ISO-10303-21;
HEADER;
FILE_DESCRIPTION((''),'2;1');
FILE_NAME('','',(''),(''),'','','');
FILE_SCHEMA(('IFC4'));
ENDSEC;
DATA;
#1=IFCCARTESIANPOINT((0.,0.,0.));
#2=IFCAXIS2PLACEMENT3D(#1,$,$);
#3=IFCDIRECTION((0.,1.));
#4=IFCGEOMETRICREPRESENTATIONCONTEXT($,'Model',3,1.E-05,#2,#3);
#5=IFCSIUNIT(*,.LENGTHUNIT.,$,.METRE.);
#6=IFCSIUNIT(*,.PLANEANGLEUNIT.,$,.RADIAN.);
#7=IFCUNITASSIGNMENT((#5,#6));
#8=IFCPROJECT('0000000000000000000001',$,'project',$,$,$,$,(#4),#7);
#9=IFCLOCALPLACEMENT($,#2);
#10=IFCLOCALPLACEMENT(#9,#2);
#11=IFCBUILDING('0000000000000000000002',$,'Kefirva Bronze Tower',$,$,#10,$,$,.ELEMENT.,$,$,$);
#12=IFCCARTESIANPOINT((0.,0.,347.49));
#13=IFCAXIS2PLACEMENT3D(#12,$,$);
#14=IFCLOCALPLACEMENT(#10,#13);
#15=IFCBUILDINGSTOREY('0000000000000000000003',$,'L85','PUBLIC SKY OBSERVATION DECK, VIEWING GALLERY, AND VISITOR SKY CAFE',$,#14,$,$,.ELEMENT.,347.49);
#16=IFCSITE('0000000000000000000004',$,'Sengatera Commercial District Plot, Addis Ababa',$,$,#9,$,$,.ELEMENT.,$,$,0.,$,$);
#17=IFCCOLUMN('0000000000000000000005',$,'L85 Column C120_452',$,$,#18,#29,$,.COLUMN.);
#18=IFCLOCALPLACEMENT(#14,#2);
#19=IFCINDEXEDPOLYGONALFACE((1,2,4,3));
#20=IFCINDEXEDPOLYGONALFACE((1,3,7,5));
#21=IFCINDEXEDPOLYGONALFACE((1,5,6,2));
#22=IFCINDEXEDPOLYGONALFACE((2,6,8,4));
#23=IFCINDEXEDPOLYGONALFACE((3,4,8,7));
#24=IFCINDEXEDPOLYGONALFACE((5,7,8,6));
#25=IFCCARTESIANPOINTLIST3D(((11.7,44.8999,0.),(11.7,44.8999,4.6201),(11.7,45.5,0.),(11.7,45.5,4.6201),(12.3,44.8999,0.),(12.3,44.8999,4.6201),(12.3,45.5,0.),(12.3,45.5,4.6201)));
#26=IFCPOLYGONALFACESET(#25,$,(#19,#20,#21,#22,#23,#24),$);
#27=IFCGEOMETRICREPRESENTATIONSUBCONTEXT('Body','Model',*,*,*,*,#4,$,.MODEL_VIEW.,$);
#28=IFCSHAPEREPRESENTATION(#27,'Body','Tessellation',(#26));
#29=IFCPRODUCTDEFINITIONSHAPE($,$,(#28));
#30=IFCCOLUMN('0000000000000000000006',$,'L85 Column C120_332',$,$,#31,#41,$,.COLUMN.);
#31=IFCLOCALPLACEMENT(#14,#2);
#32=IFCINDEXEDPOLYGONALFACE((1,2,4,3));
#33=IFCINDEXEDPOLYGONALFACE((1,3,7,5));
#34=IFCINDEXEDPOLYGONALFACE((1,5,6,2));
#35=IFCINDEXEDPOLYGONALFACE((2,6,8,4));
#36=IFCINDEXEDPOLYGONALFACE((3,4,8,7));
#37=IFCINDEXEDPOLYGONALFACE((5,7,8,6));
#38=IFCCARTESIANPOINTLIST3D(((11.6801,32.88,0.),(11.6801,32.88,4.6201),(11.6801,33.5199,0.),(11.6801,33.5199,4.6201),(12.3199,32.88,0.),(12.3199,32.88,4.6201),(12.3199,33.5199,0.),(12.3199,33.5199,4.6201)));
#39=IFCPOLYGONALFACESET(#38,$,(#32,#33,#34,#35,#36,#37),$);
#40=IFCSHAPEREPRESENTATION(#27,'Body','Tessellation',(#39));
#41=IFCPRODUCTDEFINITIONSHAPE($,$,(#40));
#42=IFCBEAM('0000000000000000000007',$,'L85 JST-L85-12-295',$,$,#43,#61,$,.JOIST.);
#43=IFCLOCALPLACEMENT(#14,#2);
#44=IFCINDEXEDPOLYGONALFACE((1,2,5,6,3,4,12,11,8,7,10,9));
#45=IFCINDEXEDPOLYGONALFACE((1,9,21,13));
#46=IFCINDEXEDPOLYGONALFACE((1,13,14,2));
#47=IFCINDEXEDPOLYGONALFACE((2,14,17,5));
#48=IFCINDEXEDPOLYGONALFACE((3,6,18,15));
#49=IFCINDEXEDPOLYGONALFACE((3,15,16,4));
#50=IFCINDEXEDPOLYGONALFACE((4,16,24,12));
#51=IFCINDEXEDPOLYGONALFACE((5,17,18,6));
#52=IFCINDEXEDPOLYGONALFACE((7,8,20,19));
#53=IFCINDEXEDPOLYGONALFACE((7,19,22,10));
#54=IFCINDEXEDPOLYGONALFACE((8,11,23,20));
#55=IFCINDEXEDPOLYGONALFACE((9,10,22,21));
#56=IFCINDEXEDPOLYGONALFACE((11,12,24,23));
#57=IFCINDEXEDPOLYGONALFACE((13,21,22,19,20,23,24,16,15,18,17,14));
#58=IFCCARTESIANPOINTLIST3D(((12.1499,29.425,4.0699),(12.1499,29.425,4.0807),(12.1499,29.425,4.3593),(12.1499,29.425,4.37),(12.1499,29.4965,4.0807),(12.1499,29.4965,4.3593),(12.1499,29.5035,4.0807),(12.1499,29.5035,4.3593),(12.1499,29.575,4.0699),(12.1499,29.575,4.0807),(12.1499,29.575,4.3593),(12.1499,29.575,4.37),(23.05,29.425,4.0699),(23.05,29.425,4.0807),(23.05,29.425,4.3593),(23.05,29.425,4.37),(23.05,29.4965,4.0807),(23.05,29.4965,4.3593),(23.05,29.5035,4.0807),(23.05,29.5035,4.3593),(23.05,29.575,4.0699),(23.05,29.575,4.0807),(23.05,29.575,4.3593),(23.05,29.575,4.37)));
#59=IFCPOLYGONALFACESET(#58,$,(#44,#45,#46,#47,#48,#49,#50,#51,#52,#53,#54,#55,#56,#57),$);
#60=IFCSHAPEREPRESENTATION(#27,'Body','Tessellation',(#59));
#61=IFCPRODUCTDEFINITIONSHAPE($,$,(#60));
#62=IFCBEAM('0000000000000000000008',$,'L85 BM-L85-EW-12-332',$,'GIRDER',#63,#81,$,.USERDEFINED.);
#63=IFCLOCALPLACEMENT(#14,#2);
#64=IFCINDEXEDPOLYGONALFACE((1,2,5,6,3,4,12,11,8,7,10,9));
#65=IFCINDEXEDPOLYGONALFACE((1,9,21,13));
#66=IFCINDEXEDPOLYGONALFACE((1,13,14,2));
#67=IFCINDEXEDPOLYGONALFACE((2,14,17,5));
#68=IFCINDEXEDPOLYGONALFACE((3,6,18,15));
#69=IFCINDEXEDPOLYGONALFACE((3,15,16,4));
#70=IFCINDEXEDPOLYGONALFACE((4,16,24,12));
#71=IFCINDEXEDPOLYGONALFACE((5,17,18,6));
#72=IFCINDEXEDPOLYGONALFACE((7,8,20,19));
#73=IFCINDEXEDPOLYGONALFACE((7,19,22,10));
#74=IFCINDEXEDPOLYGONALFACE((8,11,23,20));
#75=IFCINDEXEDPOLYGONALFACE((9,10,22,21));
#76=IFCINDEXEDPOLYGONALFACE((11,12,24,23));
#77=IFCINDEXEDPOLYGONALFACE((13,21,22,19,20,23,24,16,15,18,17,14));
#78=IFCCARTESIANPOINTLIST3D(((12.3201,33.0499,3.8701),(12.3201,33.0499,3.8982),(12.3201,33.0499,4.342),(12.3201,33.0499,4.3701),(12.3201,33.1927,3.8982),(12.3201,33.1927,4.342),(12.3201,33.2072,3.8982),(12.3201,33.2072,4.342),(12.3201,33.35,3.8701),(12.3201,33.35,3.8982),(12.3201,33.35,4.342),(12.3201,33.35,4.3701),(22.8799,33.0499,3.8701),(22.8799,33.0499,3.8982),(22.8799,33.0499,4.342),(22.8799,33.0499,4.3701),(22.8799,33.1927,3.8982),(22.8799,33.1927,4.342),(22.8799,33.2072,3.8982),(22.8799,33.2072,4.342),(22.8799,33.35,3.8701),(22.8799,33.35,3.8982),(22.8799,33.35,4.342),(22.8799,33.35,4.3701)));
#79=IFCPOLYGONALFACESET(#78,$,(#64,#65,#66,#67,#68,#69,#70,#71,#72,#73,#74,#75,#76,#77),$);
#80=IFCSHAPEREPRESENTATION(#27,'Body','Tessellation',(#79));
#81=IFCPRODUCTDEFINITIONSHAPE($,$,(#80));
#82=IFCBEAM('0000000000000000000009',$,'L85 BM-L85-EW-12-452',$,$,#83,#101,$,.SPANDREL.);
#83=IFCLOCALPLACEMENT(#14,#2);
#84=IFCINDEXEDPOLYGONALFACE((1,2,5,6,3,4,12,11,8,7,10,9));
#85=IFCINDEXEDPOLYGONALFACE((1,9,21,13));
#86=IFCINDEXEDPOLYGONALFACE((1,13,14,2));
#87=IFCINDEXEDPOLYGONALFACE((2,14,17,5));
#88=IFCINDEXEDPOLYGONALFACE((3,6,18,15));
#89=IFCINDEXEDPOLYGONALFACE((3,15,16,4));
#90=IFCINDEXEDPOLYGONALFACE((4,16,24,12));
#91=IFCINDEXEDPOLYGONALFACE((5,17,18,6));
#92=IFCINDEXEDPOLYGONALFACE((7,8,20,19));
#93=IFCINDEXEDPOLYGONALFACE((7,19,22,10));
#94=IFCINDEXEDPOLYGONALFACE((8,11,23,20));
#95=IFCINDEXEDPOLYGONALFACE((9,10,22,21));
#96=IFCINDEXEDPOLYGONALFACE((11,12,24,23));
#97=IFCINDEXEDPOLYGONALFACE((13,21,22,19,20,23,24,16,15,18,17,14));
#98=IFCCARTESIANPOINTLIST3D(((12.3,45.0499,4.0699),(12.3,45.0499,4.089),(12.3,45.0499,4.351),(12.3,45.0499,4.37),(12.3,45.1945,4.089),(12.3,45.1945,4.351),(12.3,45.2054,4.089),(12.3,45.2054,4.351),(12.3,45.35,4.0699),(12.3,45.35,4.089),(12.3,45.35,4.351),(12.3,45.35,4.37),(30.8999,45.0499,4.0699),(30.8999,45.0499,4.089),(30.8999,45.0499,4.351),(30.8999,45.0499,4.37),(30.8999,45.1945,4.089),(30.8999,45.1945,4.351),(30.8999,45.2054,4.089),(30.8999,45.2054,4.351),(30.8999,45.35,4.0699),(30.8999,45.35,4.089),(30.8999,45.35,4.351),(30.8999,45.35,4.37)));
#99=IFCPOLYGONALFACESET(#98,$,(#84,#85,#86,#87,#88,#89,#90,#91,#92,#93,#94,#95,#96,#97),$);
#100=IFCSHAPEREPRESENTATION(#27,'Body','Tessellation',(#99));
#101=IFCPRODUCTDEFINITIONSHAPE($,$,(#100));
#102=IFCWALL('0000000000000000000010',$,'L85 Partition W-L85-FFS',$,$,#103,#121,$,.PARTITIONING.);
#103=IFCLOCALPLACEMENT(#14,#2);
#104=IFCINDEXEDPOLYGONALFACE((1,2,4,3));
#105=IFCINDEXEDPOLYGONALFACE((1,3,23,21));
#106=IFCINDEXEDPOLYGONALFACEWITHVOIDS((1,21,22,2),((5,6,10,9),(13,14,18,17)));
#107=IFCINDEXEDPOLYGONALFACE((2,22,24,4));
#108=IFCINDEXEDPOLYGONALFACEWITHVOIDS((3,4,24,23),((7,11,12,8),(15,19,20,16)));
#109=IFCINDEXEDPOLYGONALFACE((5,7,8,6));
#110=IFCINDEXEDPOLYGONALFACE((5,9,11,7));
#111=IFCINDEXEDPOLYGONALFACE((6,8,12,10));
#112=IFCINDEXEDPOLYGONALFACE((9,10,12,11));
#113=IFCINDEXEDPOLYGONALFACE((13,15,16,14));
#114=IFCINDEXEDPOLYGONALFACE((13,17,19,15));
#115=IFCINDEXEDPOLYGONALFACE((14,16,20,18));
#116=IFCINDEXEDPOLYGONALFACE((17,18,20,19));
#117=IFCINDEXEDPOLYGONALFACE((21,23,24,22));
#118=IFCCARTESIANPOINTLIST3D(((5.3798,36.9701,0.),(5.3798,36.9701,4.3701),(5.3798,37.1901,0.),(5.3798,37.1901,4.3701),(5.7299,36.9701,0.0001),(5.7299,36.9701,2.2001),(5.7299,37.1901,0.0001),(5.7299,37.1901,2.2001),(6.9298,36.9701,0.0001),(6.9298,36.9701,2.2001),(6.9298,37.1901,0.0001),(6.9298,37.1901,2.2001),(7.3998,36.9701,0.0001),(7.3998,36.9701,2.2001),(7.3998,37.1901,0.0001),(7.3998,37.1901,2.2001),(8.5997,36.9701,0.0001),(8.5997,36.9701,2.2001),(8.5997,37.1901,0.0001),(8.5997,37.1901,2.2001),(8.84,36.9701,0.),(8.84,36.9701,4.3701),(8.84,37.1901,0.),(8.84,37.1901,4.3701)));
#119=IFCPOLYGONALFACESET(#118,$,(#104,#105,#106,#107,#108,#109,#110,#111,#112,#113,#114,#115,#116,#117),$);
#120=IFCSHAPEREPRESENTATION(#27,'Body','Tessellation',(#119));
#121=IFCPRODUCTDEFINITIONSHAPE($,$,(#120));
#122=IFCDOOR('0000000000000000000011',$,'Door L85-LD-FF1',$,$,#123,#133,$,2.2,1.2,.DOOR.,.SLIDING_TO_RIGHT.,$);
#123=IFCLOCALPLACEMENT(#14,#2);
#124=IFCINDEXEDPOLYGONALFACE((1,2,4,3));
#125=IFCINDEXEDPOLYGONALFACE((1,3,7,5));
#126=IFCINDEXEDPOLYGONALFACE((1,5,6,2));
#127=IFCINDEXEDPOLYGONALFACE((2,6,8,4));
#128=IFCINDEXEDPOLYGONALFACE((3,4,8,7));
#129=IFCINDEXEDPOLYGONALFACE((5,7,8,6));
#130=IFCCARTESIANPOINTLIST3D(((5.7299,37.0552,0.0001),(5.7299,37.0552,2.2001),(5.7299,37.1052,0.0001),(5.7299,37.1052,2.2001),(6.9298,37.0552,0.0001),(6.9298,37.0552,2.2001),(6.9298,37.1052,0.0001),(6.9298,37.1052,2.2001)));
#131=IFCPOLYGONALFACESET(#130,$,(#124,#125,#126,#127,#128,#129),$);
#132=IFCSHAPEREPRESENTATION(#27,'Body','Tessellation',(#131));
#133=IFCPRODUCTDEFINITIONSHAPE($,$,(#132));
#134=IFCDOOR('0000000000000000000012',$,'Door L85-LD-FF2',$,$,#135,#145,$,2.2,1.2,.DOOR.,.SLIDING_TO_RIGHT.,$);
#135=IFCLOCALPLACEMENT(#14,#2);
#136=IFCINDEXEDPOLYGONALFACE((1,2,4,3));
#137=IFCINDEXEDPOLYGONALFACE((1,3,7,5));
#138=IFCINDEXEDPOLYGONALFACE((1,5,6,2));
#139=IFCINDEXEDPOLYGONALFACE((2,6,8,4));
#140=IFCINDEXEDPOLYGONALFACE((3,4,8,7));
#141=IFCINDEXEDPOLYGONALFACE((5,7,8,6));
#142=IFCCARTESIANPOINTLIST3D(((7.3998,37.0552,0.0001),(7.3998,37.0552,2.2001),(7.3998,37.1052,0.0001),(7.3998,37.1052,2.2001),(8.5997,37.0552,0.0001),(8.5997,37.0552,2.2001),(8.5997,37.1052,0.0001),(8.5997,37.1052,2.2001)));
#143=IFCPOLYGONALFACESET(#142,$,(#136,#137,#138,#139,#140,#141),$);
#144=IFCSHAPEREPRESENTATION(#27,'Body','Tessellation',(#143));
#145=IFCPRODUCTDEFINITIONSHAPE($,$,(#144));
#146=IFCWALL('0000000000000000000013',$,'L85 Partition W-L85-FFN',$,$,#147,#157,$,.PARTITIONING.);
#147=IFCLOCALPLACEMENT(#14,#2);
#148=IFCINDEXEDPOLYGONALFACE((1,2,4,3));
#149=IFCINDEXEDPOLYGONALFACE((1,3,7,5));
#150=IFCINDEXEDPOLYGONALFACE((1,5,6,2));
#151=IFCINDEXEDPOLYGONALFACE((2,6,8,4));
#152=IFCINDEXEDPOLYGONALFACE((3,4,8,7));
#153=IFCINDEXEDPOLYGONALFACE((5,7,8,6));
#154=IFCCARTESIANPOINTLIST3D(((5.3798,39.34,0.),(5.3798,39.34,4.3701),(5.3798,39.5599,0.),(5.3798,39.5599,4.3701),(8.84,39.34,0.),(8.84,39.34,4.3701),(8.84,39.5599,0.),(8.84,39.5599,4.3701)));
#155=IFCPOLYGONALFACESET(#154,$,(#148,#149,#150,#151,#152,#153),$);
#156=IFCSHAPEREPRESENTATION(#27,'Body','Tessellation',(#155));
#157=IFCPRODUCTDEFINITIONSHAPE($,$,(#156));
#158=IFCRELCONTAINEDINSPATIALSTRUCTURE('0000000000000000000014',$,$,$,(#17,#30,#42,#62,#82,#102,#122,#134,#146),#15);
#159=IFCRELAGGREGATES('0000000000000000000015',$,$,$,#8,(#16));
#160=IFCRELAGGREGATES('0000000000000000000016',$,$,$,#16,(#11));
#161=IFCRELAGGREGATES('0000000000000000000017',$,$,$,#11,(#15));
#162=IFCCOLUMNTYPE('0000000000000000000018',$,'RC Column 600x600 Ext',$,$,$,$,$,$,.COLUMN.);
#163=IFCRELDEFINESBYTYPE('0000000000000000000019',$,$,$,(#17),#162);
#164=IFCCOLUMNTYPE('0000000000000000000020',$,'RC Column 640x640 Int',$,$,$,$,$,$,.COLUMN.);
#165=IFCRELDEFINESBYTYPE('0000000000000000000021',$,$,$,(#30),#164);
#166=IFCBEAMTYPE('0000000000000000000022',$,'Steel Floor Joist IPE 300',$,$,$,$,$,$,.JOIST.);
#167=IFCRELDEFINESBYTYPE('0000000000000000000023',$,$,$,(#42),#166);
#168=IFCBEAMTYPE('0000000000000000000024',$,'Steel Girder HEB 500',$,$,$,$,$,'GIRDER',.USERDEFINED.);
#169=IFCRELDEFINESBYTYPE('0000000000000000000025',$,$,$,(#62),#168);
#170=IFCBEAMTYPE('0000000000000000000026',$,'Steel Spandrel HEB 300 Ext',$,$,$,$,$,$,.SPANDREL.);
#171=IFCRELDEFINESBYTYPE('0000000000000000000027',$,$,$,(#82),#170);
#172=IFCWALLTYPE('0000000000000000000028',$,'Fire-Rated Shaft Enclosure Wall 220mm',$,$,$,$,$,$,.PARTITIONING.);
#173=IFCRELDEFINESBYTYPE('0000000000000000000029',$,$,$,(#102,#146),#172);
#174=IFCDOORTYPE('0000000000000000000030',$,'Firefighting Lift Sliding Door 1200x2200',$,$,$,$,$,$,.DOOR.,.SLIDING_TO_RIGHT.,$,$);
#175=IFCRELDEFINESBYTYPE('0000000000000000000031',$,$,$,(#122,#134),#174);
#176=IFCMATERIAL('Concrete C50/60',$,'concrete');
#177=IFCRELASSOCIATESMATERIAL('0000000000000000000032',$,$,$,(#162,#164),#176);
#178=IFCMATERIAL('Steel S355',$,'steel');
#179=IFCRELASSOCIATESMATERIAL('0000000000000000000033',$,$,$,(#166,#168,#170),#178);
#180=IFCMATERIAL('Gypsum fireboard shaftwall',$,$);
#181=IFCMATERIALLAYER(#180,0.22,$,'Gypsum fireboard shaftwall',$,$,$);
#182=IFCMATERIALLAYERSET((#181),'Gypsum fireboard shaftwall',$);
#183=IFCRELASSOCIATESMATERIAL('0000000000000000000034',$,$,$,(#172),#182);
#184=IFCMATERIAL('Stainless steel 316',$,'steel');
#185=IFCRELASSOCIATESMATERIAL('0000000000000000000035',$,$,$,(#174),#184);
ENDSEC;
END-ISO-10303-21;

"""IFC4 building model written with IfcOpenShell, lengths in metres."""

from ifc_helpers import new_model, si_unit, direction, frame, frame_2d, origin, origin_2d, place, context, subcontext, project, spatial, rectangle, i_section, extrude, material, layer, layer_set, material_profile, profile_set, type_object, element, fill, save


model = new_model("IFC4")

# Units and contexts
model_context = context("Model", 3, precision=1e-05, world=origin(), true_north=direction((0.0, 1.0)))
body_context = subcontext(model_context, "Body", "Model", "MODEL_VIEW")
ifc_project = project(units=[si_unit("LENGTHUNIT", "METRE"), si_unit("PLANEANGLEUNIT", "RADIAN")], contexts=[model_context])

# Site, building, storey
site_placement = place(None, origin())
site = spatial("IfcSite", under=ifc_project, at=site_placement, Name="Sengatera Commercial District Plot, Addis Ababa", CompositionType="ELEMENT", RefElevation=0.0)
building_placement = place(site_placement, origin())
building = spatial("IfcBuilding", under=site, at=building_placement, Name="Kefirva Bronze Tower", CompositionType="ELEMENT")
storey_placement = place(building_placement, frame((0.0, 0.0, 347.49)))
storey = spatial("IfcBuildingStorey", under=building, at=storey_placement, Name="L85", Description="PUBLIC SKY OBSERVATION DECK, VIEWING GALLERY, AND VISITOR SKY CAFE", CompositionType="ELEMENT", Elevation=347.49)

# Columns
ifc_material_1 = material(Name="Concrete C50/60", Category="concrete")
ifc_material_profile_1 = material_profile(ifc_material_1, rectangle(XDim=0.6001, YDim=0.6001, at=origin_2d()), Name="RC 600x600")
ifc_profile_set_1 = profile_set([ifc_material_profile_1], Name="Concrete C50/60")
column_type_1 = type_object("IfcColumnType", Name="RC Column 600x600 Ext", PredefinedType="COLUMN", material=ifc_profile_set_1)
column_1_placement = place(storey_placement, frame((12.0, 45.2, 0.0), z_axis=(0.0, 0.0, 1.0), x_axis=(1.0, 0.0, 0.0)))
element("IfcColumn", 1, at=column_1_placement, inside=storey, type_object=column_type_1, Name="L85 Column C120_452", PredefinedType="COLUMN", context=body_context, shape_type="SweptSolid", body=[
    extrude(rectangle(XDim=0.6001, YDim=0.6001, at=origin_2d()), origin(), (0.0, 0.0, 1.0), 4.6201),
])
ifc_material_profile_2 = material_profile(ifc_material_1, rectangle(XDim=0.6399, YDim=0.6399, at=origin_2d()), Name="RC 640x640")
ifc_profile_set_2 = profile_set([ifc_material_profile_2], Name="Concrete C50/60")
column_type_2 = type_object("IfcColumnType", Name="RC Column 640x640 Int", PredefinedType="COLUMN", material=ifc_profile_set_2)
column_2_placement = place(storey_placement, frame((12.0, 33.2, 0.0), z_axis=(0.0, 0.0, 1.0), x_axis=(1.0, 0.0, 0.0)))
element("IfcColumn", 2, at=column_2_placement, inside=storey, type_object=column_type_2, Name="L85 Column C120_332", PredefinedType="COLUMN", context=body_context, shape_type="SweptSolid", body=[
    extrude(rectangle(XDim=0.6399, YDim=0.6399, at=origin_2d()), origin(), (0.0, 0.0, 1.0), 4.6201),
])

# Beams
ifc_material_2 = material(Name="Steel S355", Category="steel")
ifc_material_profile_3 = material_profile(ifc_material_2, i_section(OverallWidth=0.1499, OverallDepth=0.3, WebThickness=0.0071, FlangeThickness=0.0107, at=origin_2d()), Name="IPE 300")
ifc_profile_set_3 = profile_set([ifc_material_profile_3], Name="Steel S355")
beam_type_1 = type_object("IfcBeamType", Name="Steel Floor Joist IPE 300", PredefinedType="JOIST", material=ifc_profile_set_3)
beam_1_placement = place(storey_placement, frame((12.1499, 29.5, 4.22), z_axis=(1.0, 0.0, 0.0), x_axis=(0.0, 1.0, 0.0)))
element("IfcBeam", 3, at=beam_1_placement, inside=storey, type_object=beam_type_1, Name="L85 JST-L85-12-295", PredefinedType="JOIST", context=body_context, shape_type="SweptSolid", body=[
    extrude(i_section(OverallWidth=0.1499, OverallDepth=0.3, WebThickness=0.0071, FlangeThickness=0.0107, at=origin_2d()), origin(), (0.0, 0.0, 1.0), 10.9001),
])
ifc_material_profile_4 = material_profile(ifc_material_2, i_section(OverallWidth=0.3, OverallDepth=0.5, WebThickness=0.0144, FlangeThickness=0.0281, at=origin_2d()), Name="HEB 500")
ifc_profile_set_4 = profile_set([ifc_material_profile_4], Name="Steel S355")
beam_type_2 = type_object("IfcBeamType", Name="Steel Girder HEB 500", ElementType="GIRDER", PredefinedType="USERDEFINED", material=ifc_profile_set_4)
beam_2_placement = place(storey_placement, frame((12.3201, 33.2, 4.1201), z_axis=(1.0, 0.0, 0.0), x_axis=(0.0, 1.0, 0.0)))
element("IfcBeam", 4, at=beam_2_placement, inside=storey, type_object=beam_type_2, Name="L85 BM-L85-EW-12-332", ObjectType="GIRDER", PredefinedType="USERDEFINED", context=body_context, shape_type="SweptSolid", body=[
    extrude(i_section(OverallWidth=0.3, OverallDepth=0.5, WebThickness=0.0144, FlangeThickness=0.0281, at=origin_2d()), origin(), (0.0, 0.0, 1.0), 10.5598),
])
ifc_material_profile_5 = material_profile(ifc_material_2, i_section(OverallWidth=0.3, OverallDepth=0.3, WebThickness=0.011, FlangeThickness=0.019, at=origin_2d()), Name="HEB 300")
ifc_profile_set_5 = profile_set([ifc_material_profile_5], Name="Steel S355")
beam_type_3 = type_object("IfcBeamType", Name="Steel Spandrel HEB 300 Ext", PredefinedType="SPANDREL", material=ifc_profile_set_5)
beam_3_placement = place(storey_placement, frame((12.3, 45.2, 4.22), z_axis=(1.0, 0.0, 0.0), x_axis=(0.0, 1.0, 0.0)))
element("IfcBeam", 5, at=beam_3_placement, inside=storey, type_object=beam_type_3, Name="L85 BM-L85-EW-12-452", PredefinedType="SPANDREL", context=body_context, shape_type="SweptSolid", body=[
    extrude(i_section(OverallWidth=0.3, OverallDepth=0.3, WebThickness=0.011, FlangeThickness=0.019, at=origin_2d()), origin(), (0.0, 0.0, 1.0), 18.5999),
])

# Wall, openings, doors
ifc_material_3 = material(Name="Gypsum fireboard shaftwall")
ifc_layer_1 = layer(ifc_material_3, 0.22, Name="Gypsum fireboard shaftwall")
ifc_layer_set_1 = layer_set([ifc_layer_1], Name="Gypsum fireboard shaftwall")
wall_type_1 = type_object("IfcWallType", Name="Fire-Rated Shaft Enclosure Wall 220mm", PredefinedType="PARTITIONING", material=ifc_layer_set_1)
wall_1_placement = place(storey_placement, frame((5.3799, 37.0801, 0.0), z_axis=(0.0, 0.0, 1.0), x_axis=(1.0, 0.0, 0.0)))
wall_1 = element("IfcWall", 6, at=wall_1_placement, inside=storey, type_object=wall_type_1, Name="L85 Partition W-L85-FFS", PredefinedType="PARTITIONING", context=body_context, shape_type="SweptSolid", body=[
    extrude(rectangle(XDim=3.4602, YDim=0.22, at=frame_2d((1.73, 0.0))), origin(), (0.0, 0.0, 1.0), 4.3701),
])
opening_1_placement = place(wall_1_placement, frame((1.55, 0.0, 0.0), z_axis=(0.0, 0.0, 1.0), x_axis=(-1.0, 0.0, 0.0)))
opening_1 = element("IfcOpeningElement", 7, at=opening_1_placement, cuts=wall_1, PredefinedType="OPENING", context=body_context, shape_type="SweptSolid", body=[
    extrude(rectangle(XDim=1.2, YDim=2.2, at=frame_2d((0.6001, 1.1001))), frame((0.0, 0.1201, 0.0), z_axis=(0.0, -1.0, 0.0), x_axis=(1.0, 0.0, 0.0)), (0.0, 0.0, 1.0), 0.24),
])
opening_2_placement = place(wall_1_placement, frame((3.22, 0.0, 0.0), z_axis=(0.0, 0.0, 1.0), x_axis=(-1.0, 0.0, 0.0)))
opening_2 = element("IfcOpeningElement", 8, at=opening_2_placement, cuts=wall_1, PredefinedType="OPENING", context=body_context, shape_type="SweptSolid", body=[
    extrude(rectangle(XDim=1.2, YDim=2.2, at=frame_2d((0.6001, 1.1001))), frame((0.0, 0.1201, 0.0), z_axis=(0.0, -1.0, 0.0), x_axis=(1.0, 0.0, 0.0)), (0.0, 0.0, 1.0), 0.24),
])
ifc_material_4 = material(Name="Stainless steel 316", Category="steel")
door_type_1 = type_object("IfcDoorType", Name="Firefighting Lift Sliding Door 1200x2200", OperationType="SLIDING_TO_RIGHT", PredefinedType="DOOR", material=ifc_material_4)
door_1_placement = place(opening_1_placement, origin())
door_1 = element("IfcDoor", 9, at=door_1_placement, inside=storey, type_object=door_type_1, Name="Door L85-LD-FF1", OperationType="SLIDING_TO_RIGHT", OverallHeight=2.2, OverallWidth=1.2, PredefinedType="DOOR", context=body_context, shape_type="SweptSolid", body=[
    extrude(rectangle(XDim=1.2, YDim=2.2, at=frame_2d((0.6001, 1.1001))), frame((0.0, 0.0249, 0.0), z_axis=(0.0, -1.0, 0.0), x_axis=(1.0, 0.0, 0.0)), (0.0, 0.0, 1.0), 0.05),
])
fill(opening_1, door_1)
door_2_placement = place(opening_2_placement, origin())
door_2 = element("IfcDoor", 10, at=door_2_placement, inside=storey, type_object=door_type_1, Name="Door L85-LD-FF2", OperationType="SLIDING_TO_RIGHT", OverallHeight=2.2, OverallWidth=1.2, PredefinedType="DOOR", context=body_context, shape_type="SweptSolid", body=[
    extrude(rectangle(XDim=1.2, YDim=2.2, at=frame_2d((0.6001, 1.1001))), frame((0.0, 0.0249, 0.0), z_axis=(0.0, -1.0, 0.0), x_axis=(1.0, 0.0, 0.0)), (0.0, 0.0, 1.0), 0.05),
])
fill(opening_2, door_2)

# Wall
wall_2_placement = place(storey_placement, frame((5.3799, 39.45, 0.0), z_axis=(0.0, 0.0, 1.0), x_axis=(1.0, 0.0, 0.0)))
element("IfcWall", 11, at=wall_2_placement, inside=storey, type_object=wall_type_1, Name="L85 Partition W-L85-FFN", PredefinedType="PARTITIONING", context=body_context, shape_type="SweptSolid", body=[
    extrude(rectangle(XDim=3.4602, YDim=0.22, at=frame_2d((1.73, 0.0))), origin(), (0.0, 0.0, 1.0), 4.3701),
])

save(model, "model.ifc")
